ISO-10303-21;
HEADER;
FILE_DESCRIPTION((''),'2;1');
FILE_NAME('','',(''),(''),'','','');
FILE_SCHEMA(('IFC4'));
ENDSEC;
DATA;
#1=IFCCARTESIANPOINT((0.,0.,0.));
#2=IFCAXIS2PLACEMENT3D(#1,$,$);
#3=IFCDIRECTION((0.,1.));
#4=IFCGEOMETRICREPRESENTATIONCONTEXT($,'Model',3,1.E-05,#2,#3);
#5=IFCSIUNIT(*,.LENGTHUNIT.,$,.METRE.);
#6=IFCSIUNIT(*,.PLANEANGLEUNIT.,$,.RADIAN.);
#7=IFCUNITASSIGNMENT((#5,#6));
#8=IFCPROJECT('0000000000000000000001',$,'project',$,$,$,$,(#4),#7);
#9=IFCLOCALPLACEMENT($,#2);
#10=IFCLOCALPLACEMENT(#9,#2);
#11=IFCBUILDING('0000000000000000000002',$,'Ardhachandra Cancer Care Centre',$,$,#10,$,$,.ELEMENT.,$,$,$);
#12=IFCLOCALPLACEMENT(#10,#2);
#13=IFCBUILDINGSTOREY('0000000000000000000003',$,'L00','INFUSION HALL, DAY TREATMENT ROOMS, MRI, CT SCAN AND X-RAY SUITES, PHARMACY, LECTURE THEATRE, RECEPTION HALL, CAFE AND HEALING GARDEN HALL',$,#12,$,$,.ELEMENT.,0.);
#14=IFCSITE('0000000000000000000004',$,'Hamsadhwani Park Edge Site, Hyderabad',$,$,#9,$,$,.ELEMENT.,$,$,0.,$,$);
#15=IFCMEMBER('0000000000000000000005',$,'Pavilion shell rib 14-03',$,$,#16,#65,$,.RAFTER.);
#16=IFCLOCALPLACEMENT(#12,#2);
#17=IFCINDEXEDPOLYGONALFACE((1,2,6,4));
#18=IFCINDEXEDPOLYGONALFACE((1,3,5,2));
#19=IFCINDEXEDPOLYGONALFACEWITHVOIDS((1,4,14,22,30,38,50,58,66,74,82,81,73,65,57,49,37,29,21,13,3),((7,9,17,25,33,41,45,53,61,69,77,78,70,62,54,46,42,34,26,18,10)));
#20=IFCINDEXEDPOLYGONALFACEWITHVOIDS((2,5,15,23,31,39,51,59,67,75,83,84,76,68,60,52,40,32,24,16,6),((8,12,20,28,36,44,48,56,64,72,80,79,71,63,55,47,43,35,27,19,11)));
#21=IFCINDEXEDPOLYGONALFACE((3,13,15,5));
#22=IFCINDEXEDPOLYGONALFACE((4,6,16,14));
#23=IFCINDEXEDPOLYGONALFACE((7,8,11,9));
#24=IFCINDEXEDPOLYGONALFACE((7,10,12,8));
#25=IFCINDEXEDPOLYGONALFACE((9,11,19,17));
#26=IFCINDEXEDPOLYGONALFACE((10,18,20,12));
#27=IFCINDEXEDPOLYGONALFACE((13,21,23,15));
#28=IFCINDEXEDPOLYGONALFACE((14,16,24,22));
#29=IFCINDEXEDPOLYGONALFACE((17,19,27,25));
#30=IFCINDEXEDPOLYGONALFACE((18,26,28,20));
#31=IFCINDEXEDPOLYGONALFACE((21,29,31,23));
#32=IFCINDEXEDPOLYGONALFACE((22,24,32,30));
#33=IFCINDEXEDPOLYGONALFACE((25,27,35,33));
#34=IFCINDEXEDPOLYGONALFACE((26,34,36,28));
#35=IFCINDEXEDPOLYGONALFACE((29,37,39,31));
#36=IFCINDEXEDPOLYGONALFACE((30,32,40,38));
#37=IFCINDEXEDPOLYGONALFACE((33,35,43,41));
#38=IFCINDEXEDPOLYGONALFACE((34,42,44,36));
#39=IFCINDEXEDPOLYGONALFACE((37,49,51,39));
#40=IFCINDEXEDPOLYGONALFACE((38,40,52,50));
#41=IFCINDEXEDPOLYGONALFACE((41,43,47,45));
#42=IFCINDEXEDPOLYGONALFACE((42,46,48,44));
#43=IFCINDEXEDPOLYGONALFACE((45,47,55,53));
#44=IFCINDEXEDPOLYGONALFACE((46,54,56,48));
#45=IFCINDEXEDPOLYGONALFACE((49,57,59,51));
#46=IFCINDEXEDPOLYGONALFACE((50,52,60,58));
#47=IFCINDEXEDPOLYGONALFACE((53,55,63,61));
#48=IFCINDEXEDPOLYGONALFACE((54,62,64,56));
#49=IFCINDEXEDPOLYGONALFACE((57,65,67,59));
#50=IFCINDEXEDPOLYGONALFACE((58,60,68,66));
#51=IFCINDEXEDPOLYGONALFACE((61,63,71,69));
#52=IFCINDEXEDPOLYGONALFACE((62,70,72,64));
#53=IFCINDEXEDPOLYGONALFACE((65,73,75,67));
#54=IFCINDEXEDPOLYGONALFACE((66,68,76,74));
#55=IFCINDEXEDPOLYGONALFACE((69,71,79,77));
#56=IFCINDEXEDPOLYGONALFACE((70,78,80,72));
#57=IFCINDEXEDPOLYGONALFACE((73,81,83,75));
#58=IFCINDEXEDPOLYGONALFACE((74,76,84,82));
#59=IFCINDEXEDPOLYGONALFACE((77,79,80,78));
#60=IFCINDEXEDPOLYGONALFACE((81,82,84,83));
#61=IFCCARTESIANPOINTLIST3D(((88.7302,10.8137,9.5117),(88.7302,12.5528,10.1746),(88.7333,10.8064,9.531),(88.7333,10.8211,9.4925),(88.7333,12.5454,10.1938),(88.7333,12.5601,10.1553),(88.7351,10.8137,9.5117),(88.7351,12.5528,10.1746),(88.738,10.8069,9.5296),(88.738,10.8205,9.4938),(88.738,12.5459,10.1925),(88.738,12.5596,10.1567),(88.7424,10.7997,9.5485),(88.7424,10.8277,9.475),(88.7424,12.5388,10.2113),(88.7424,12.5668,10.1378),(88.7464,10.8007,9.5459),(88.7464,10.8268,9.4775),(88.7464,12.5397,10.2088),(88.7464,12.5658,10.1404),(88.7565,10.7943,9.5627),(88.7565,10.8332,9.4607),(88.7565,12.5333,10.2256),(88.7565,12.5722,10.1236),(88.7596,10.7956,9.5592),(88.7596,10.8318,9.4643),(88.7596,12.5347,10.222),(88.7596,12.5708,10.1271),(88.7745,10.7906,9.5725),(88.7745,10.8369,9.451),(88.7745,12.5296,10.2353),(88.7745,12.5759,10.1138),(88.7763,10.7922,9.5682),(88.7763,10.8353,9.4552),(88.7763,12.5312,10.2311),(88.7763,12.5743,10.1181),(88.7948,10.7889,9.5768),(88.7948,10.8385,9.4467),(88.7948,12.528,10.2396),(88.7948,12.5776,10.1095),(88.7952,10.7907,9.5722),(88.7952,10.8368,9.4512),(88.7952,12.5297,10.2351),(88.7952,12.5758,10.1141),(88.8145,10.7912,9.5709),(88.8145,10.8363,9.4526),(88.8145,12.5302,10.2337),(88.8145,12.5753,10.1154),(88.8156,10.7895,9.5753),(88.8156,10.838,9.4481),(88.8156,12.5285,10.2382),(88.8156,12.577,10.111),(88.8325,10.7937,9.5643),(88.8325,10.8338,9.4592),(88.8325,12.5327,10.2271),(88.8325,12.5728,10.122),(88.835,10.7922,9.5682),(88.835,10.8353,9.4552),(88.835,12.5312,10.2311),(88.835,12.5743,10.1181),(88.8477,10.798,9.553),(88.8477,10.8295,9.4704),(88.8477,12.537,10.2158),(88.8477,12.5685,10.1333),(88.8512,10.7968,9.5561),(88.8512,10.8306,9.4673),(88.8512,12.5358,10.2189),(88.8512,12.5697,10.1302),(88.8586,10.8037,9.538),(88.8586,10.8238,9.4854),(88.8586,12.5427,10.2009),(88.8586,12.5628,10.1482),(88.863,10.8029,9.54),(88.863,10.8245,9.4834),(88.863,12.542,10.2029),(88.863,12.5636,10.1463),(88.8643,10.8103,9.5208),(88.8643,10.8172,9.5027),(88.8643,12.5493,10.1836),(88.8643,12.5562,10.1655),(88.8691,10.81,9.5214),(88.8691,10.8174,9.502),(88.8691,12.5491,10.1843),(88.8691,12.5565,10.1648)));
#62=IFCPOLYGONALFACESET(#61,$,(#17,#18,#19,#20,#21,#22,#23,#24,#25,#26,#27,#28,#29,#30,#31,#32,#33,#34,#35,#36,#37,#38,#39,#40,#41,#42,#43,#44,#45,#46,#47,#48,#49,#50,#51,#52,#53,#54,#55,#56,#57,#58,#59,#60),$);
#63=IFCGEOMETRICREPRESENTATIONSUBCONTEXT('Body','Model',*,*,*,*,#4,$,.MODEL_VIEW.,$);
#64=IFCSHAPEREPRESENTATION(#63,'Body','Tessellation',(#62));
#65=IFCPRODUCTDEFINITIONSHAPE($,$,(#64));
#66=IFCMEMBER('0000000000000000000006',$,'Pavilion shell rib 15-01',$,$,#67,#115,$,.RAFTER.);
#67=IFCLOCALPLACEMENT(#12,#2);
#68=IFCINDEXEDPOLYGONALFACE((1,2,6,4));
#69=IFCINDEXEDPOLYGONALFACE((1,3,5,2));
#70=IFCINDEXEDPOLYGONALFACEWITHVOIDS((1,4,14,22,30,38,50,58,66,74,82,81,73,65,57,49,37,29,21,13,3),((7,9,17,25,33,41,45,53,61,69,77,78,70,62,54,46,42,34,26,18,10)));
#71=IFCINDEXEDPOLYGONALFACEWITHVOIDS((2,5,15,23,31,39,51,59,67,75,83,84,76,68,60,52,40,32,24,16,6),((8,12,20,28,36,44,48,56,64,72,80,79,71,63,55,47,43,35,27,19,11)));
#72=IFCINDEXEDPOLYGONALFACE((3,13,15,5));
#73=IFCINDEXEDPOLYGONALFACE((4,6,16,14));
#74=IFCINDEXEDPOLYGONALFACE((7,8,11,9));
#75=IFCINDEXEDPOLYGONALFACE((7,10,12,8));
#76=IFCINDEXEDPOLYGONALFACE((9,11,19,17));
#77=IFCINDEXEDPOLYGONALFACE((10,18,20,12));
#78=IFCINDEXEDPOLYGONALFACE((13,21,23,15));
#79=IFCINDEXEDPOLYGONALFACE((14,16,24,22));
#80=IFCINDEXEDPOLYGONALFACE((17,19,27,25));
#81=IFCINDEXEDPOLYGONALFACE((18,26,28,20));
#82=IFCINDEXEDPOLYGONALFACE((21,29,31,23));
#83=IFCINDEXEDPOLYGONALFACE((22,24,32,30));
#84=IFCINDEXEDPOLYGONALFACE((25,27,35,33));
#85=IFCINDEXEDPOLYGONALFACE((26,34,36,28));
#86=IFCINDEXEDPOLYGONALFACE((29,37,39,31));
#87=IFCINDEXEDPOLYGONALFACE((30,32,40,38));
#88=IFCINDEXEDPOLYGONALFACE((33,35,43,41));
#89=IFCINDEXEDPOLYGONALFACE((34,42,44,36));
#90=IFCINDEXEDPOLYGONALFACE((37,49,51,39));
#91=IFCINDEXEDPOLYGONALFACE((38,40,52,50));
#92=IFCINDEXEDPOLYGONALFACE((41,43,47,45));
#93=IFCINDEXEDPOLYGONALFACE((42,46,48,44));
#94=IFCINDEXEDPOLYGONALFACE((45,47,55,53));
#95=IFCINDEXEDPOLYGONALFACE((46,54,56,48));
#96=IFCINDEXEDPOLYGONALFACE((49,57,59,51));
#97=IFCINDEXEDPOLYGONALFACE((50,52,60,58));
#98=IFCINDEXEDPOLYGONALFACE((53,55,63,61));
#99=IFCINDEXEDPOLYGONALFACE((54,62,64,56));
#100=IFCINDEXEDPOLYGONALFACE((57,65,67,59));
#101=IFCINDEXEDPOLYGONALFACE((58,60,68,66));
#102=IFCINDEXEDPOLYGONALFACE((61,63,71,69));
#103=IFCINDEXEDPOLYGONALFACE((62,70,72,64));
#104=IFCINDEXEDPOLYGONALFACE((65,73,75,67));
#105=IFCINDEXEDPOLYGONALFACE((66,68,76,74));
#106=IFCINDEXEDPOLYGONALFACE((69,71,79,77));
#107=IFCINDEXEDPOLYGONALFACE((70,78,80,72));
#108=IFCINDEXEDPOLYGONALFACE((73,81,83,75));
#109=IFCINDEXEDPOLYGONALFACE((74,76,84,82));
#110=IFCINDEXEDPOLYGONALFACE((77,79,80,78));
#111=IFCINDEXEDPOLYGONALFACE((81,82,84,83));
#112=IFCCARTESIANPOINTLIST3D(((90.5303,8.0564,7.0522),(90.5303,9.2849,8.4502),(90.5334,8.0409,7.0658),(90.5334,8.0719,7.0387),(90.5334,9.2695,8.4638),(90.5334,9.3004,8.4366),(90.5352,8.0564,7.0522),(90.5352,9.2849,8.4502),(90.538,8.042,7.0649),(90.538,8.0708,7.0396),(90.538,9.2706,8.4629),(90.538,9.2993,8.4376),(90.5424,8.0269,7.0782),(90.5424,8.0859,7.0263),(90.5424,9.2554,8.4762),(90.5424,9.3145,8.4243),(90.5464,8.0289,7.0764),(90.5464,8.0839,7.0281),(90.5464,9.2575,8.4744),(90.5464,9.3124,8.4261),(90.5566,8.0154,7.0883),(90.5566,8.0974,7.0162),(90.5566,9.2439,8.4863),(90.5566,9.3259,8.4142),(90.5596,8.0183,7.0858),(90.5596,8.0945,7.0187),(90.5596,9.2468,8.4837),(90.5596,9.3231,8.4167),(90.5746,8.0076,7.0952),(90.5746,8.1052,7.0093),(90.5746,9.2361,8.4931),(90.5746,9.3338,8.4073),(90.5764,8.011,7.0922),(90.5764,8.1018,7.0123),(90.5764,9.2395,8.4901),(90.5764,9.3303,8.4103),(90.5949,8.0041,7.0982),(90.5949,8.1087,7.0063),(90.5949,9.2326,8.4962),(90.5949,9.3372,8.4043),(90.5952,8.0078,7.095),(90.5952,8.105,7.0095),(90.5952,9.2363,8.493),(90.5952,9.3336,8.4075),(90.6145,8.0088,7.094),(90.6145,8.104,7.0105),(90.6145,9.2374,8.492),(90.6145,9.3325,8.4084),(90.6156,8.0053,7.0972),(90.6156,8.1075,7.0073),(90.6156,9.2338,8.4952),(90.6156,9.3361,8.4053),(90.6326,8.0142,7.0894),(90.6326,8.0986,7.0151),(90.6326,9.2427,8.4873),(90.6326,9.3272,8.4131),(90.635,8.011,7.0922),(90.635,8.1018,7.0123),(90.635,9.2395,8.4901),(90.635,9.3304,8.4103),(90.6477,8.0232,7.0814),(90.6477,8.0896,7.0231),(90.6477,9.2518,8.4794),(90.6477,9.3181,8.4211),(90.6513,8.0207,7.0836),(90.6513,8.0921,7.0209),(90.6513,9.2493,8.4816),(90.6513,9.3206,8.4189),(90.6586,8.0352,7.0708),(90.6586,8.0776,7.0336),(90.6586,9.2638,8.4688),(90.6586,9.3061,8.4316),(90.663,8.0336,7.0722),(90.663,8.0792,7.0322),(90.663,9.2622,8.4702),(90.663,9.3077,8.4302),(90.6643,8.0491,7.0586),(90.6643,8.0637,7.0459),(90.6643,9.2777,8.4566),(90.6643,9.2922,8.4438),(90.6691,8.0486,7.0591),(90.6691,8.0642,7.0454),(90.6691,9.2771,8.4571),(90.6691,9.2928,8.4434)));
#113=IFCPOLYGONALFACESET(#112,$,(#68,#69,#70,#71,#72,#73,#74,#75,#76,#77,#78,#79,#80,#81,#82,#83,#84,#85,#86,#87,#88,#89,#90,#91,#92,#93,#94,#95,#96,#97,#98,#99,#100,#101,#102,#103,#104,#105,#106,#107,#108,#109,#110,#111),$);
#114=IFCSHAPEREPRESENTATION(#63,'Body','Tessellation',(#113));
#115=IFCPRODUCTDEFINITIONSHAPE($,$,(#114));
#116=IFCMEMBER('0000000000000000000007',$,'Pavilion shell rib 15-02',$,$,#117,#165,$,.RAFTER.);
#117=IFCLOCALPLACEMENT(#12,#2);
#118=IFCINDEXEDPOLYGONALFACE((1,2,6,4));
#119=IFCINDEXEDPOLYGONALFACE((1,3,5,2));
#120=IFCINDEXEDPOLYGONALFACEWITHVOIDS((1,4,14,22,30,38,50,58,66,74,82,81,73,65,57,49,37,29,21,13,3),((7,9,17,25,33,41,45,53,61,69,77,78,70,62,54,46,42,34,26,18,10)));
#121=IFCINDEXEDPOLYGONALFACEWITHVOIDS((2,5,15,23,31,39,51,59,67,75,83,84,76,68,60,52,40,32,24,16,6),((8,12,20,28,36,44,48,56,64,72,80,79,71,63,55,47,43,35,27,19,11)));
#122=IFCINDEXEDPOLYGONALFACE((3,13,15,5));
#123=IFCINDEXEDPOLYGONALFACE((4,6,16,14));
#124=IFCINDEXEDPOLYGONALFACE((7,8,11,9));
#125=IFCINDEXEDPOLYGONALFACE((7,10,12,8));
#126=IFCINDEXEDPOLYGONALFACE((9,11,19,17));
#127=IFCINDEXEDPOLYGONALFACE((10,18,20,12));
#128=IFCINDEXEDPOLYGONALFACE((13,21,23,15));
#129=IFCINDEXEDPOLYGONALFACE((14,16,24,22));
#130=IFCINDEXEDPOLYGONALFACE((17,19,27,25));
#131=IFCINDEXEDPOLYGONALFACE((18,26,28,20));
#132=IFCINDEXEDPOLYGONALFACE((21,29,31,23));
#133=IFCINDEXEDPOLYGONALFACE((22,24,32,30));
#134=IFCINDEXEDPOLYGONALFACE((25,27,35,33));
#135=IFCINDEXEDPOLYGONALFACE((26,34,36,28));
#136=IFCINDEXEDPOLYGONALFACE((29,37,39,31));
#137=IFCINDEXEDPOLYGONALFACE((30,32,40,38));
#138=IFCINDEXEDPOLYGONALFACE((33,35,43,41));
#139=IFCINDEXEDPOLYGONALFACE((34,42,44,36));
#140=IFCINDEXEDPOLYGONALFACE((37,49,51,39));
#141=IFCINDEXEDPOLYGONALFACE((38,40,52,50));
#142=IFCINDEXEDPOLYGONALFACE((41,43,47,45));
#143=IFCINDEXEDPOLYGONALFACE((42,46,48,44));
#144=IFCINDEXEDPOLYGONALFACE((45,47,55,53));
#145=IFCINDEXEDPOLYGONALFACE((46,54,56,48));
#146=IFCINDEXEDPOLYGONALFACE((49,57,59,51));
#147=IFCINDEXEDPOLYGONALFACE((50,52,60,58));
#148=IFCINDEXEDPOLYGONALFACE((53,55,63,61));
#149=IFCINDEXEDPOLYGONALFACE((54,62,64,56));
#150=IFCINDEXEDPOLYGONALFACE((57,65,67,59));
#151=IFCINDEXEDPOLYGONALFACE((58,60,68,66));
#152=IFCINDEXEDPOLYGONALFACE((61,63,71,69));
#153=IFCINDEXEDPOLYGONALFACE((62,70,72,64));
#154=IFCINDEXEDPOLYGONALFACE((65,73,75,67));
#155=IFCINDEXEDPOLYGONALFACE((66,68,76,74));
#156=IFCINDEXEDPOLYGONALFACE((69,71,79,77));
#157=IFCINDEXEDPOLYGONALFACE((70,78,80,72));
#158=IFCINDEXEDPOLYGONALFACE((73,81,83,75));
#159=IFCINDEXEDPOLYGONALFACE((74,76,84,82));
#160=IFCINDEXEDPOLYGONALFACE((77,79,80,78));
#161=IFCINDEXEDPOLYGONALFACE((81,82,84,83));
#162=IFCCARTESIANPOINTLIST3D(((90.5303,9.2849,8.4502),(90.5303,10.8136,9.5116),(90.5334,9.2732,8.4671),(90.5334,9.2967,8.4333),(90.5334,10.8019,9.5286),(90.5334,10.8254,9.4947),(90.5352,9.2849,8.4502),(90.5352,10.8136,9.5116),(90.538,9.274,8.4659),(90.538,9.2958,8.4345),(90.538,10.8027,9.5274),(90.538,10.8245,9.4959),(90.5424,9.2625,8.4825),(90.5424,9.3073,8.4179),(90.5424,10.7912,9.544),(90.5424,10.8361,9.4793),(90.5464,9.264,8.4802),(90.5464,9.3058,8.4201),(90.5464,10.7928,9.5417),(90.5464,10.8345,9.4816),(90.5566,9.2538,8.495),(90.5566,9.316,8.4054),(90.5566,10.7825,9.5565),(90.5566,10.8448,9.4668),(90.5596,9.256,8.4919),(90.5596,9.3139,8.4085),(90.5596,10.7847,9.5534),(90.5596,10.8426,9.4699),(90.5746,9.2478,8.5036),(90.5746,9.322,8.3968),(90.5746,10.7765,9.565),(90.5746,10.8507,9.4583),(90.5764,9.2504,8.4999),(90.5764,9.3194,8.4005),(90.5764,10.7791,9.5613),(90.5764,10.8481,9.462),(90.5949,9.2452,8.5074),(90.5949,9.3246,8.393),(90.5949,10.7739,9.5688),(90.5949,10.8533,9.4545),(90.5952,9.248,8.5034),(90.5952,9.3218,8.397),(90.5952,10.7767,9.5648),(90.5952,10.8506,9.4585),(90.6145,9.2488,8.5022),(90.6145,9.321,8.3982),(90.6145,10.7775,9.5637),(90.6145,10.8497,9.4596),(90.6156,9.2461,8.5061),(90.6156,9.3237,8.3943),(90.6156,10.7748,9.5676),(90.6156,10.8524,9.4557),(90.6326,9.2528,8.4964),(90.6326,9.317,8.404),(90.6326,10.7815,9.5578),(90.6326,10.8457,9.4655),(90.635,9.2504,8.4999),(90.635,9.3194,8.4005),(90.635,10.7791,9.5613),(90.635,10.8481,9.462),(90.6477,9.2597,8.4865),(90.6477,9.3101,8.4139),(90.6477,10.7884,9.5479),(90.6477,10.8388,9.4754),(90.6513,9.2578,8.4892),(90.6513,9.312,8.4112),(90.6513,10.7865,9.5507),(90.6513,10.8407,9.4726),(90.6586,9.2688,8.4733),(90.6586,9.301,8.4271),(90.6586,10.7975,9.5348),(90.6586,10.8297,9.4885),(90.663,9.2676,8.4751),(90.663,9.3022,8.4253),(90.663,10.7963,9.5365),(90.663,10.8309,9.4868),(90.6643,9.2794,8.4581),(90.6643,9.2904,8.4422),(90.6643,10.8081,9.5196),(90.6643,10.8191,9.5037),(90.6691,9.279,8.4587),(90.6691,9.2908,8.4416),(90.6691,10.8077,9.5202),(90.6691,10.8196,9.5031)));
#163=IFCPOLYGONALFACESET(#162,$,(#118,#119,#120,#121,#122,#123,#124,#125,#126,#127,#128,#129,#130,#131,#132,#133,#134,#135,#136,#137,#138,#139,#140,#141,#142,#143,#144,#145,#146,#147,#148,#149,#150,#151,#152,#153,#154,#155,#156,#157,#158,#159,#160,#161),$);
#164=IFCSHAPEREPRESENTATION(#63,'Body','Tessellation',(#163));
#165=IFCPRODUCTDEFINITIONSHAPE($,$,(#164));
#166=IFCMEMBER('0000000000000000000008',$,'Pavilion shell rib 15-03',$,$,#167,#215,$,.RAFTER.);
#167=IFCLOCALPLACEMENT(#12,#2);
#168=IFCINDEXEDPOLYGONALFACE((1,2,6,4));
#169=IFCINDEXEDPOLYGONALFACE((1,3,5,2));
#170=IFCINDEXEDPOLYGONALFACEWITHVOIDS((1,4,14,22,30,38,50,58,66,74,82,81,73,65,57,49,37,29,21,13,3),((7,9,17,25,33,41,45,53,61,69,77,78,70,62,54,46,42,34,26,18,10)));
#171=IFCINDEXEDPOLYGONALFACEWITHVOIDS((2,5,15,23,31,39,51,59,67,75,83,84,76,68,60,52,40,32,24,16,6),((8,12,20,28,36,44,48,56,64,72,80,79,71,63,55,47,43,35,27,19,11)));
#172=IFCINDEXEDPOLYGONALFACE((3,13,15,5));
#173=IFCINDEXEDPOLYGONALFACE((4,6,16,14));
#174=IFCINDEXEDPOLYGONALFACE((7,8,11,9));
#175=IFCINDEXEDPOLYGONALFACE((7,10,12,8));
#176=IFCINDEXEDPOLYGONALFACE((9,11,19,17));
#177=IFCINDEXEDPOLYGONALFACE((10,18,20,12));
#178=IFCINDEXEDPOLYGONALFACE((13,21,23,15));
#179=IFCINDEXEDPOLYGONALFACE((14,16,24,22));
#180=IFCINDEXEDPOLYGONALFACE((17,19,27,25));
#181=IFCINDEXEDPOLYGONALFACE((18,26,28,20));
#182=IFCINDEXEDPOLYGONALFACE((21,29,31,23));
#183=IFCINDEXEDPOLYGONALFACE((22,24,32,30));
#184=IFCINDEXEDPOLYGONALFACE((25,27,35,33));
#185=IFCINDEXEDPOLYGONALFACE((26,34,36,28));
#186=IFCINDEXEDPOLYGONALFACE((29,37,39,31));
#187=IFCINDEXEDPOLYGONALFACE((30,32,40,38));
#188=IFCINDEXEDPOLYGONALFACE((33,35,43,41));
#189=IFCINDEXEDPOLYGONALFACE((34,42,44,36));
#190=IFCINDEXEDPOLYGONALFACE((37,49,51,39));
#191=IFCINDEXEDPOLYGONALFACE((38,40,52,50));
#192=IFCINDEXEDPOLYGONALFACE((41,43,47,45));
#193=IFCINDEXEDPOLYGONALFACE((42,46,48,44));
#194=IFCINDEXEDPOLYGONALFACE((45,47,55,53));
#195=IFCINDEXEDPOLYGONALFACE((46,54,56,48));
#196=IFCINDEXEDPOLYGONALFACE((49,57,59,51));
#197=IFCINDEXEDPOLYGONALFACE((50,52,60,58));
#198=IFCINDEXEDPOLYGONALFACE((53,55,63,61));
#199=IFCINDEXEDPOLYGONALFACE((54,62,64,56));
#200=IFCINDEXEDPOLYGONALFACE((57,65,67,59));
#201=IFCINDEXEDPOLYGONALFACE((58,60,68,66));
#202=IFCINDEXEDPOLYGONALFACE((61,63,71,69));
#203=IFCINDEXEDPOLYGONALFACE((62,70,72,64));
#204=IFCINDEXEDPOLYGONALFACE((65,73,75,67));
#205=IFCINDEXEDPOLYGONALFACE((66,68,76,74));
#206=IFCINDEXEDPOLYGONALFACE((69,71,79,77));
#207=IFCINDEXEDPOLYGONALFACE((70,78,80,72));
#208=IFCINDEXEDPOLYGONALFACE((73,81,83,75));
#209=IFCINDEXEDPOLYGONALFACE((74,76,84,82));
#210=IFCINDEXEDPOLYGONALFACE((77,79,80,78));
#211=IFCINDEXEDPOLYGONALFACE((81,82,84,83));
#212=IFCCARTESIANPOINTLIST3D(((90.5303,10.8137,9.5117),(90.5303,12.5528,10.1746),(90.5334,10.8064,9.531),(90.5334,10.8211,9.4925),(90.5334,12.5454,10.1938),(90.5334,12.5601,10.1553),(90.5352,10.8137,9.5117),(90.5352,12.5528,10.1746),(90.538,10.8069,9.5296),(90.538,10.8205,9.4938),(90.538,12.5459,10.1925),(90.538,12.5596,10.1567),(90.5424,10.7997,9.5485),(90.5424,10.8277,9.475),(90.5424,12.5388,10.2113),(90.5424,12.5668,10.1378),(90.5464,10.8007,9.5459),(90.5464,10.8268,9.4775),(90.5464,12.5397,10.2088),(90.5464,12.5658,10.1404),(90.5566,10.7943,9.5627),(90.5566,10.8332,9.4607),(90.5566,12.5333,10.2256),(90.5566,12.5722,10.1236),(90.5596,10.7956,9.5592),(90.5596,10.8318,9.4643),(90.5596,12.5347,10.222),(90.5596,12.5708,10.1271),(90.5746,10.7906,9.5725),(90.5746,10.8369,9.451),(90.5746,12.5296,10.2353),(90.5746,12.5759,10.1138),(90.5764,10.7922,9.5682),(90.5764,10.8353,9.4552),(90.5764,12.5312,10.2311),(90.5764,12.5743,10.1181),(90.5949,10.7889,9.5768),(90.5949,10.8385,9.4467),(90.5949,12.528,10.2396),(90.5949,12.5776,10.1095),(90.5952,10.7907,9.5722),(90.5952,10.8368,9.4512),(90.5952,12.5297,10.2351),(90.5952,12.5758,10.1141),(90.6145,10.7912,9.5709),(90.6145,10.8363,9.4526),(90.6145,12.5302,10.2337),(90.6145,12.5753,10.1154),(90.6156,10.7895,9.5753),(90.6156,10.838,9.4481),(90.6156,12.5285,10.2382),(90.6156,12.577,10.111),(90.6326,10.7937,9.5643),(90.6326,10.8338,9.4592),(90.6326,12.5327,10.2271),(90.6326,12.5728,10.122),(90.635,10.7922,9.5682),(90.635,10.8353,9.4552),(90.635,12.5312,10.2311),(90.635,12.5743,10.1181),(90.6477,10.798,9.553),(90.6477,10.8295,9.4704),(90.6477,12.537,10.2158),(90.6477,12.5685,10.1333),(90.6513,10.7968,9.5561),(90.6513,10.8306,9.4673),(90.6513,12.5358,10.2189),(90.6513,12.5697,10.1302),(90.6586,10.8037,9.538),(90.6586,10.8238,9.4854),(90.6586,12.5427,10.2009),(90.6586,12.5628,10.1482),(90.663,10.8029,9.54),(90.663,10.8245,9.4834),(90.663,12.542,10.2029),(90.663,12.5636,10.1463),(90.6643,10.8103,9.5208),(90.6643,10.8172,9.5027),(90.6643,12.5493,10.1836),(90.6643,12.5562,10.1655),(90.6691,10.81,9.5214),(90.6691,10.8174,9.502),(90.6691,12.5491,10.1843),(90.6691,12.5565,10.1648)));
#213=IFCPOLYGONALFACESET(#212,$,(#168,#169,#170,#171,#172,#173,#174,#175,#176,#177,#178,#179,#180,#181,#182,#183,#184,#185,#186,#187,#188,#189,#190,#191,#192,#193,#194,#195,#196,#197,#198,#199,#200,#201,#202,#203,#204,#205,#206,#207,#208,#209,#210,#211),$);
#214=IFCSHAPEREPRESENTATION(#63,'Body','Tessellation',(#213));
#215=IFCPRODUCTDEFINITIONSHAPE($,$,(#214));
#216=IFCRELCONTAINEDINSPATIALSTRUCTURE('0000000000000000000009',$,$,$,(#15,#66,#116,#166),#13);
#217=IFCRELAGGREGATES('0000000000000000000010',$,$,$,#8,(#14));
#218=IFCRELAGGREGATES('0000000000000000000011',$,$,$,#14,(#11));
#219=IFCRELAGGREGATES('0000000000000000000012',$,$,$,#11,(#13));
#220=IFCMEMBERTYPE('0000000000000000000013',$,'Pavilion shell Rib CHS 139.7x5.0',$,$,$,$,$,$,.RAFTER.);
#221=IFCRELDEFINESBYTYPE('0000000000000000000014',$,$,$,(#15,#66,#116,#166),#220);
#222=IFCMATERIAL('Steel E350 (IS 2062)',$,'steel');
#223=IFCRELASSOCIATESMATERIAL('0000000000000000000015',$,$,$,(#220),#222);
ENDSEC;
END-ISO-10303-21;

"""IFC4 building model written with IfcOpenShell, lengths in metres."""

from ifc_helpers import new_model, si_unit, direction, frame, origin, origin_2d, place, context, subcontext, project, spatial, hollow_circle, extrude, material, material_profile, profile_set, type_object, element, save


model = new_model("IFC4")

# Units and contexts
model_context = context("Model", 3, precision=1e-05, world=origin(), true_north=direction((0.0, 1.0)))
body_context = subcontext(model_context, "Body", "Model", "MODEL_VIEW")
ifc_project = project(units=[si_unit("LENGTHUNIT", "METRE"), si_unit("PLANEANGLEUNIT", "RADIAN")], contexts=[model_context])

# Site, building, storey
site_placement = place(None, origin())
site = spatial("IfcSite", under=ifc_project, at=site_placement, Name="Hamsadhwani Park Edge Site, Hyderabad", CompositionType="ELEMENT", RefElevation=0.0)
building_placement = place(site_placement, origin())
building = spatial("IfcBuilding", under=site, at=building_placement, Name="Ardhachandra Cancer Care Centre", CompositionType="ELEMENT")
storey_placement = place(building_placement, origin())
storey = spatial("IfcBuildingStorey", under=building, at=storey_placement, Name="L00", Description="INFUSION HALL, DAY TREATMENT ROOMS, MRI, CT SCAN AND X-RAY SUITES, PHARMACY, LECTURE THEATRE, RECEPTION HALL, CAFE AND HEALING GARDEN HALL", CompositionType="ELEMENT", Elevation=0.0)

# Members
ifc_material_1 = material(Name="Steel E350 (IS 2062)", Category="steel")
ifc_material_profile_1 = material_profile(ifc_material_1, hollow_circle(Radius=0.0698, WallThickness=0.0049, at=origin_2d()), Name="CHS 139.7x5.0")
ifc_profile_set_1 = profile_set([ifc_material_profile_1], Name="Steel E350 (IS 2062)")
member_type_1 = type_object("IfcMemberType", Name="Pavilion shell Rib CHS 139.7x5.0", PredefinedType="RAFTER", material=ifc_profile_set_1)
for number, where, z_axis, x_axis, name in (
    (1, (88.8, 10.8137, 9.5117), (0.0, 0.934423, 0.356164), (-1.0, 0.0, 0.0), "Pavilion shell rib 14-03"),
    (2, (90.6001, 8.0564, 7.0522), (0.0, 0.660119, 0.751161), (-1.0, 0.0, 0.0), "Pavilion shell rib 15-01"),
    (3, (90.6001, 9.2849, 8.4502), (0.0, 0.821408, 0.570342), (-1.0, 0.0, 0.0), "Pavilion shell rib 15-02"),
    (4, (90.6001, 10.8137, 9.5117), (0.0, 0.934423, 0.356164), (-1.0, 0.0, 0.0), "Pavilion shell rib 15-03"),
):
    element("IfcMember", number, at=place(storey_placement, frame(where, z_axis=z_axis, x_axis=x_axis)), inside=storey, type_object=member_type_1, Name=name, PredefinedType="RAFTER", context=body_context, shape_type="SweptSolid", body=[
        extrude(hollow_circle(Radius=0.0698, WallThickness=0.0049, at=origin_2d()), origin(), (0.0, 0.0, 1.0), 1.8611),
    ])

save(model, "model.ifc")
